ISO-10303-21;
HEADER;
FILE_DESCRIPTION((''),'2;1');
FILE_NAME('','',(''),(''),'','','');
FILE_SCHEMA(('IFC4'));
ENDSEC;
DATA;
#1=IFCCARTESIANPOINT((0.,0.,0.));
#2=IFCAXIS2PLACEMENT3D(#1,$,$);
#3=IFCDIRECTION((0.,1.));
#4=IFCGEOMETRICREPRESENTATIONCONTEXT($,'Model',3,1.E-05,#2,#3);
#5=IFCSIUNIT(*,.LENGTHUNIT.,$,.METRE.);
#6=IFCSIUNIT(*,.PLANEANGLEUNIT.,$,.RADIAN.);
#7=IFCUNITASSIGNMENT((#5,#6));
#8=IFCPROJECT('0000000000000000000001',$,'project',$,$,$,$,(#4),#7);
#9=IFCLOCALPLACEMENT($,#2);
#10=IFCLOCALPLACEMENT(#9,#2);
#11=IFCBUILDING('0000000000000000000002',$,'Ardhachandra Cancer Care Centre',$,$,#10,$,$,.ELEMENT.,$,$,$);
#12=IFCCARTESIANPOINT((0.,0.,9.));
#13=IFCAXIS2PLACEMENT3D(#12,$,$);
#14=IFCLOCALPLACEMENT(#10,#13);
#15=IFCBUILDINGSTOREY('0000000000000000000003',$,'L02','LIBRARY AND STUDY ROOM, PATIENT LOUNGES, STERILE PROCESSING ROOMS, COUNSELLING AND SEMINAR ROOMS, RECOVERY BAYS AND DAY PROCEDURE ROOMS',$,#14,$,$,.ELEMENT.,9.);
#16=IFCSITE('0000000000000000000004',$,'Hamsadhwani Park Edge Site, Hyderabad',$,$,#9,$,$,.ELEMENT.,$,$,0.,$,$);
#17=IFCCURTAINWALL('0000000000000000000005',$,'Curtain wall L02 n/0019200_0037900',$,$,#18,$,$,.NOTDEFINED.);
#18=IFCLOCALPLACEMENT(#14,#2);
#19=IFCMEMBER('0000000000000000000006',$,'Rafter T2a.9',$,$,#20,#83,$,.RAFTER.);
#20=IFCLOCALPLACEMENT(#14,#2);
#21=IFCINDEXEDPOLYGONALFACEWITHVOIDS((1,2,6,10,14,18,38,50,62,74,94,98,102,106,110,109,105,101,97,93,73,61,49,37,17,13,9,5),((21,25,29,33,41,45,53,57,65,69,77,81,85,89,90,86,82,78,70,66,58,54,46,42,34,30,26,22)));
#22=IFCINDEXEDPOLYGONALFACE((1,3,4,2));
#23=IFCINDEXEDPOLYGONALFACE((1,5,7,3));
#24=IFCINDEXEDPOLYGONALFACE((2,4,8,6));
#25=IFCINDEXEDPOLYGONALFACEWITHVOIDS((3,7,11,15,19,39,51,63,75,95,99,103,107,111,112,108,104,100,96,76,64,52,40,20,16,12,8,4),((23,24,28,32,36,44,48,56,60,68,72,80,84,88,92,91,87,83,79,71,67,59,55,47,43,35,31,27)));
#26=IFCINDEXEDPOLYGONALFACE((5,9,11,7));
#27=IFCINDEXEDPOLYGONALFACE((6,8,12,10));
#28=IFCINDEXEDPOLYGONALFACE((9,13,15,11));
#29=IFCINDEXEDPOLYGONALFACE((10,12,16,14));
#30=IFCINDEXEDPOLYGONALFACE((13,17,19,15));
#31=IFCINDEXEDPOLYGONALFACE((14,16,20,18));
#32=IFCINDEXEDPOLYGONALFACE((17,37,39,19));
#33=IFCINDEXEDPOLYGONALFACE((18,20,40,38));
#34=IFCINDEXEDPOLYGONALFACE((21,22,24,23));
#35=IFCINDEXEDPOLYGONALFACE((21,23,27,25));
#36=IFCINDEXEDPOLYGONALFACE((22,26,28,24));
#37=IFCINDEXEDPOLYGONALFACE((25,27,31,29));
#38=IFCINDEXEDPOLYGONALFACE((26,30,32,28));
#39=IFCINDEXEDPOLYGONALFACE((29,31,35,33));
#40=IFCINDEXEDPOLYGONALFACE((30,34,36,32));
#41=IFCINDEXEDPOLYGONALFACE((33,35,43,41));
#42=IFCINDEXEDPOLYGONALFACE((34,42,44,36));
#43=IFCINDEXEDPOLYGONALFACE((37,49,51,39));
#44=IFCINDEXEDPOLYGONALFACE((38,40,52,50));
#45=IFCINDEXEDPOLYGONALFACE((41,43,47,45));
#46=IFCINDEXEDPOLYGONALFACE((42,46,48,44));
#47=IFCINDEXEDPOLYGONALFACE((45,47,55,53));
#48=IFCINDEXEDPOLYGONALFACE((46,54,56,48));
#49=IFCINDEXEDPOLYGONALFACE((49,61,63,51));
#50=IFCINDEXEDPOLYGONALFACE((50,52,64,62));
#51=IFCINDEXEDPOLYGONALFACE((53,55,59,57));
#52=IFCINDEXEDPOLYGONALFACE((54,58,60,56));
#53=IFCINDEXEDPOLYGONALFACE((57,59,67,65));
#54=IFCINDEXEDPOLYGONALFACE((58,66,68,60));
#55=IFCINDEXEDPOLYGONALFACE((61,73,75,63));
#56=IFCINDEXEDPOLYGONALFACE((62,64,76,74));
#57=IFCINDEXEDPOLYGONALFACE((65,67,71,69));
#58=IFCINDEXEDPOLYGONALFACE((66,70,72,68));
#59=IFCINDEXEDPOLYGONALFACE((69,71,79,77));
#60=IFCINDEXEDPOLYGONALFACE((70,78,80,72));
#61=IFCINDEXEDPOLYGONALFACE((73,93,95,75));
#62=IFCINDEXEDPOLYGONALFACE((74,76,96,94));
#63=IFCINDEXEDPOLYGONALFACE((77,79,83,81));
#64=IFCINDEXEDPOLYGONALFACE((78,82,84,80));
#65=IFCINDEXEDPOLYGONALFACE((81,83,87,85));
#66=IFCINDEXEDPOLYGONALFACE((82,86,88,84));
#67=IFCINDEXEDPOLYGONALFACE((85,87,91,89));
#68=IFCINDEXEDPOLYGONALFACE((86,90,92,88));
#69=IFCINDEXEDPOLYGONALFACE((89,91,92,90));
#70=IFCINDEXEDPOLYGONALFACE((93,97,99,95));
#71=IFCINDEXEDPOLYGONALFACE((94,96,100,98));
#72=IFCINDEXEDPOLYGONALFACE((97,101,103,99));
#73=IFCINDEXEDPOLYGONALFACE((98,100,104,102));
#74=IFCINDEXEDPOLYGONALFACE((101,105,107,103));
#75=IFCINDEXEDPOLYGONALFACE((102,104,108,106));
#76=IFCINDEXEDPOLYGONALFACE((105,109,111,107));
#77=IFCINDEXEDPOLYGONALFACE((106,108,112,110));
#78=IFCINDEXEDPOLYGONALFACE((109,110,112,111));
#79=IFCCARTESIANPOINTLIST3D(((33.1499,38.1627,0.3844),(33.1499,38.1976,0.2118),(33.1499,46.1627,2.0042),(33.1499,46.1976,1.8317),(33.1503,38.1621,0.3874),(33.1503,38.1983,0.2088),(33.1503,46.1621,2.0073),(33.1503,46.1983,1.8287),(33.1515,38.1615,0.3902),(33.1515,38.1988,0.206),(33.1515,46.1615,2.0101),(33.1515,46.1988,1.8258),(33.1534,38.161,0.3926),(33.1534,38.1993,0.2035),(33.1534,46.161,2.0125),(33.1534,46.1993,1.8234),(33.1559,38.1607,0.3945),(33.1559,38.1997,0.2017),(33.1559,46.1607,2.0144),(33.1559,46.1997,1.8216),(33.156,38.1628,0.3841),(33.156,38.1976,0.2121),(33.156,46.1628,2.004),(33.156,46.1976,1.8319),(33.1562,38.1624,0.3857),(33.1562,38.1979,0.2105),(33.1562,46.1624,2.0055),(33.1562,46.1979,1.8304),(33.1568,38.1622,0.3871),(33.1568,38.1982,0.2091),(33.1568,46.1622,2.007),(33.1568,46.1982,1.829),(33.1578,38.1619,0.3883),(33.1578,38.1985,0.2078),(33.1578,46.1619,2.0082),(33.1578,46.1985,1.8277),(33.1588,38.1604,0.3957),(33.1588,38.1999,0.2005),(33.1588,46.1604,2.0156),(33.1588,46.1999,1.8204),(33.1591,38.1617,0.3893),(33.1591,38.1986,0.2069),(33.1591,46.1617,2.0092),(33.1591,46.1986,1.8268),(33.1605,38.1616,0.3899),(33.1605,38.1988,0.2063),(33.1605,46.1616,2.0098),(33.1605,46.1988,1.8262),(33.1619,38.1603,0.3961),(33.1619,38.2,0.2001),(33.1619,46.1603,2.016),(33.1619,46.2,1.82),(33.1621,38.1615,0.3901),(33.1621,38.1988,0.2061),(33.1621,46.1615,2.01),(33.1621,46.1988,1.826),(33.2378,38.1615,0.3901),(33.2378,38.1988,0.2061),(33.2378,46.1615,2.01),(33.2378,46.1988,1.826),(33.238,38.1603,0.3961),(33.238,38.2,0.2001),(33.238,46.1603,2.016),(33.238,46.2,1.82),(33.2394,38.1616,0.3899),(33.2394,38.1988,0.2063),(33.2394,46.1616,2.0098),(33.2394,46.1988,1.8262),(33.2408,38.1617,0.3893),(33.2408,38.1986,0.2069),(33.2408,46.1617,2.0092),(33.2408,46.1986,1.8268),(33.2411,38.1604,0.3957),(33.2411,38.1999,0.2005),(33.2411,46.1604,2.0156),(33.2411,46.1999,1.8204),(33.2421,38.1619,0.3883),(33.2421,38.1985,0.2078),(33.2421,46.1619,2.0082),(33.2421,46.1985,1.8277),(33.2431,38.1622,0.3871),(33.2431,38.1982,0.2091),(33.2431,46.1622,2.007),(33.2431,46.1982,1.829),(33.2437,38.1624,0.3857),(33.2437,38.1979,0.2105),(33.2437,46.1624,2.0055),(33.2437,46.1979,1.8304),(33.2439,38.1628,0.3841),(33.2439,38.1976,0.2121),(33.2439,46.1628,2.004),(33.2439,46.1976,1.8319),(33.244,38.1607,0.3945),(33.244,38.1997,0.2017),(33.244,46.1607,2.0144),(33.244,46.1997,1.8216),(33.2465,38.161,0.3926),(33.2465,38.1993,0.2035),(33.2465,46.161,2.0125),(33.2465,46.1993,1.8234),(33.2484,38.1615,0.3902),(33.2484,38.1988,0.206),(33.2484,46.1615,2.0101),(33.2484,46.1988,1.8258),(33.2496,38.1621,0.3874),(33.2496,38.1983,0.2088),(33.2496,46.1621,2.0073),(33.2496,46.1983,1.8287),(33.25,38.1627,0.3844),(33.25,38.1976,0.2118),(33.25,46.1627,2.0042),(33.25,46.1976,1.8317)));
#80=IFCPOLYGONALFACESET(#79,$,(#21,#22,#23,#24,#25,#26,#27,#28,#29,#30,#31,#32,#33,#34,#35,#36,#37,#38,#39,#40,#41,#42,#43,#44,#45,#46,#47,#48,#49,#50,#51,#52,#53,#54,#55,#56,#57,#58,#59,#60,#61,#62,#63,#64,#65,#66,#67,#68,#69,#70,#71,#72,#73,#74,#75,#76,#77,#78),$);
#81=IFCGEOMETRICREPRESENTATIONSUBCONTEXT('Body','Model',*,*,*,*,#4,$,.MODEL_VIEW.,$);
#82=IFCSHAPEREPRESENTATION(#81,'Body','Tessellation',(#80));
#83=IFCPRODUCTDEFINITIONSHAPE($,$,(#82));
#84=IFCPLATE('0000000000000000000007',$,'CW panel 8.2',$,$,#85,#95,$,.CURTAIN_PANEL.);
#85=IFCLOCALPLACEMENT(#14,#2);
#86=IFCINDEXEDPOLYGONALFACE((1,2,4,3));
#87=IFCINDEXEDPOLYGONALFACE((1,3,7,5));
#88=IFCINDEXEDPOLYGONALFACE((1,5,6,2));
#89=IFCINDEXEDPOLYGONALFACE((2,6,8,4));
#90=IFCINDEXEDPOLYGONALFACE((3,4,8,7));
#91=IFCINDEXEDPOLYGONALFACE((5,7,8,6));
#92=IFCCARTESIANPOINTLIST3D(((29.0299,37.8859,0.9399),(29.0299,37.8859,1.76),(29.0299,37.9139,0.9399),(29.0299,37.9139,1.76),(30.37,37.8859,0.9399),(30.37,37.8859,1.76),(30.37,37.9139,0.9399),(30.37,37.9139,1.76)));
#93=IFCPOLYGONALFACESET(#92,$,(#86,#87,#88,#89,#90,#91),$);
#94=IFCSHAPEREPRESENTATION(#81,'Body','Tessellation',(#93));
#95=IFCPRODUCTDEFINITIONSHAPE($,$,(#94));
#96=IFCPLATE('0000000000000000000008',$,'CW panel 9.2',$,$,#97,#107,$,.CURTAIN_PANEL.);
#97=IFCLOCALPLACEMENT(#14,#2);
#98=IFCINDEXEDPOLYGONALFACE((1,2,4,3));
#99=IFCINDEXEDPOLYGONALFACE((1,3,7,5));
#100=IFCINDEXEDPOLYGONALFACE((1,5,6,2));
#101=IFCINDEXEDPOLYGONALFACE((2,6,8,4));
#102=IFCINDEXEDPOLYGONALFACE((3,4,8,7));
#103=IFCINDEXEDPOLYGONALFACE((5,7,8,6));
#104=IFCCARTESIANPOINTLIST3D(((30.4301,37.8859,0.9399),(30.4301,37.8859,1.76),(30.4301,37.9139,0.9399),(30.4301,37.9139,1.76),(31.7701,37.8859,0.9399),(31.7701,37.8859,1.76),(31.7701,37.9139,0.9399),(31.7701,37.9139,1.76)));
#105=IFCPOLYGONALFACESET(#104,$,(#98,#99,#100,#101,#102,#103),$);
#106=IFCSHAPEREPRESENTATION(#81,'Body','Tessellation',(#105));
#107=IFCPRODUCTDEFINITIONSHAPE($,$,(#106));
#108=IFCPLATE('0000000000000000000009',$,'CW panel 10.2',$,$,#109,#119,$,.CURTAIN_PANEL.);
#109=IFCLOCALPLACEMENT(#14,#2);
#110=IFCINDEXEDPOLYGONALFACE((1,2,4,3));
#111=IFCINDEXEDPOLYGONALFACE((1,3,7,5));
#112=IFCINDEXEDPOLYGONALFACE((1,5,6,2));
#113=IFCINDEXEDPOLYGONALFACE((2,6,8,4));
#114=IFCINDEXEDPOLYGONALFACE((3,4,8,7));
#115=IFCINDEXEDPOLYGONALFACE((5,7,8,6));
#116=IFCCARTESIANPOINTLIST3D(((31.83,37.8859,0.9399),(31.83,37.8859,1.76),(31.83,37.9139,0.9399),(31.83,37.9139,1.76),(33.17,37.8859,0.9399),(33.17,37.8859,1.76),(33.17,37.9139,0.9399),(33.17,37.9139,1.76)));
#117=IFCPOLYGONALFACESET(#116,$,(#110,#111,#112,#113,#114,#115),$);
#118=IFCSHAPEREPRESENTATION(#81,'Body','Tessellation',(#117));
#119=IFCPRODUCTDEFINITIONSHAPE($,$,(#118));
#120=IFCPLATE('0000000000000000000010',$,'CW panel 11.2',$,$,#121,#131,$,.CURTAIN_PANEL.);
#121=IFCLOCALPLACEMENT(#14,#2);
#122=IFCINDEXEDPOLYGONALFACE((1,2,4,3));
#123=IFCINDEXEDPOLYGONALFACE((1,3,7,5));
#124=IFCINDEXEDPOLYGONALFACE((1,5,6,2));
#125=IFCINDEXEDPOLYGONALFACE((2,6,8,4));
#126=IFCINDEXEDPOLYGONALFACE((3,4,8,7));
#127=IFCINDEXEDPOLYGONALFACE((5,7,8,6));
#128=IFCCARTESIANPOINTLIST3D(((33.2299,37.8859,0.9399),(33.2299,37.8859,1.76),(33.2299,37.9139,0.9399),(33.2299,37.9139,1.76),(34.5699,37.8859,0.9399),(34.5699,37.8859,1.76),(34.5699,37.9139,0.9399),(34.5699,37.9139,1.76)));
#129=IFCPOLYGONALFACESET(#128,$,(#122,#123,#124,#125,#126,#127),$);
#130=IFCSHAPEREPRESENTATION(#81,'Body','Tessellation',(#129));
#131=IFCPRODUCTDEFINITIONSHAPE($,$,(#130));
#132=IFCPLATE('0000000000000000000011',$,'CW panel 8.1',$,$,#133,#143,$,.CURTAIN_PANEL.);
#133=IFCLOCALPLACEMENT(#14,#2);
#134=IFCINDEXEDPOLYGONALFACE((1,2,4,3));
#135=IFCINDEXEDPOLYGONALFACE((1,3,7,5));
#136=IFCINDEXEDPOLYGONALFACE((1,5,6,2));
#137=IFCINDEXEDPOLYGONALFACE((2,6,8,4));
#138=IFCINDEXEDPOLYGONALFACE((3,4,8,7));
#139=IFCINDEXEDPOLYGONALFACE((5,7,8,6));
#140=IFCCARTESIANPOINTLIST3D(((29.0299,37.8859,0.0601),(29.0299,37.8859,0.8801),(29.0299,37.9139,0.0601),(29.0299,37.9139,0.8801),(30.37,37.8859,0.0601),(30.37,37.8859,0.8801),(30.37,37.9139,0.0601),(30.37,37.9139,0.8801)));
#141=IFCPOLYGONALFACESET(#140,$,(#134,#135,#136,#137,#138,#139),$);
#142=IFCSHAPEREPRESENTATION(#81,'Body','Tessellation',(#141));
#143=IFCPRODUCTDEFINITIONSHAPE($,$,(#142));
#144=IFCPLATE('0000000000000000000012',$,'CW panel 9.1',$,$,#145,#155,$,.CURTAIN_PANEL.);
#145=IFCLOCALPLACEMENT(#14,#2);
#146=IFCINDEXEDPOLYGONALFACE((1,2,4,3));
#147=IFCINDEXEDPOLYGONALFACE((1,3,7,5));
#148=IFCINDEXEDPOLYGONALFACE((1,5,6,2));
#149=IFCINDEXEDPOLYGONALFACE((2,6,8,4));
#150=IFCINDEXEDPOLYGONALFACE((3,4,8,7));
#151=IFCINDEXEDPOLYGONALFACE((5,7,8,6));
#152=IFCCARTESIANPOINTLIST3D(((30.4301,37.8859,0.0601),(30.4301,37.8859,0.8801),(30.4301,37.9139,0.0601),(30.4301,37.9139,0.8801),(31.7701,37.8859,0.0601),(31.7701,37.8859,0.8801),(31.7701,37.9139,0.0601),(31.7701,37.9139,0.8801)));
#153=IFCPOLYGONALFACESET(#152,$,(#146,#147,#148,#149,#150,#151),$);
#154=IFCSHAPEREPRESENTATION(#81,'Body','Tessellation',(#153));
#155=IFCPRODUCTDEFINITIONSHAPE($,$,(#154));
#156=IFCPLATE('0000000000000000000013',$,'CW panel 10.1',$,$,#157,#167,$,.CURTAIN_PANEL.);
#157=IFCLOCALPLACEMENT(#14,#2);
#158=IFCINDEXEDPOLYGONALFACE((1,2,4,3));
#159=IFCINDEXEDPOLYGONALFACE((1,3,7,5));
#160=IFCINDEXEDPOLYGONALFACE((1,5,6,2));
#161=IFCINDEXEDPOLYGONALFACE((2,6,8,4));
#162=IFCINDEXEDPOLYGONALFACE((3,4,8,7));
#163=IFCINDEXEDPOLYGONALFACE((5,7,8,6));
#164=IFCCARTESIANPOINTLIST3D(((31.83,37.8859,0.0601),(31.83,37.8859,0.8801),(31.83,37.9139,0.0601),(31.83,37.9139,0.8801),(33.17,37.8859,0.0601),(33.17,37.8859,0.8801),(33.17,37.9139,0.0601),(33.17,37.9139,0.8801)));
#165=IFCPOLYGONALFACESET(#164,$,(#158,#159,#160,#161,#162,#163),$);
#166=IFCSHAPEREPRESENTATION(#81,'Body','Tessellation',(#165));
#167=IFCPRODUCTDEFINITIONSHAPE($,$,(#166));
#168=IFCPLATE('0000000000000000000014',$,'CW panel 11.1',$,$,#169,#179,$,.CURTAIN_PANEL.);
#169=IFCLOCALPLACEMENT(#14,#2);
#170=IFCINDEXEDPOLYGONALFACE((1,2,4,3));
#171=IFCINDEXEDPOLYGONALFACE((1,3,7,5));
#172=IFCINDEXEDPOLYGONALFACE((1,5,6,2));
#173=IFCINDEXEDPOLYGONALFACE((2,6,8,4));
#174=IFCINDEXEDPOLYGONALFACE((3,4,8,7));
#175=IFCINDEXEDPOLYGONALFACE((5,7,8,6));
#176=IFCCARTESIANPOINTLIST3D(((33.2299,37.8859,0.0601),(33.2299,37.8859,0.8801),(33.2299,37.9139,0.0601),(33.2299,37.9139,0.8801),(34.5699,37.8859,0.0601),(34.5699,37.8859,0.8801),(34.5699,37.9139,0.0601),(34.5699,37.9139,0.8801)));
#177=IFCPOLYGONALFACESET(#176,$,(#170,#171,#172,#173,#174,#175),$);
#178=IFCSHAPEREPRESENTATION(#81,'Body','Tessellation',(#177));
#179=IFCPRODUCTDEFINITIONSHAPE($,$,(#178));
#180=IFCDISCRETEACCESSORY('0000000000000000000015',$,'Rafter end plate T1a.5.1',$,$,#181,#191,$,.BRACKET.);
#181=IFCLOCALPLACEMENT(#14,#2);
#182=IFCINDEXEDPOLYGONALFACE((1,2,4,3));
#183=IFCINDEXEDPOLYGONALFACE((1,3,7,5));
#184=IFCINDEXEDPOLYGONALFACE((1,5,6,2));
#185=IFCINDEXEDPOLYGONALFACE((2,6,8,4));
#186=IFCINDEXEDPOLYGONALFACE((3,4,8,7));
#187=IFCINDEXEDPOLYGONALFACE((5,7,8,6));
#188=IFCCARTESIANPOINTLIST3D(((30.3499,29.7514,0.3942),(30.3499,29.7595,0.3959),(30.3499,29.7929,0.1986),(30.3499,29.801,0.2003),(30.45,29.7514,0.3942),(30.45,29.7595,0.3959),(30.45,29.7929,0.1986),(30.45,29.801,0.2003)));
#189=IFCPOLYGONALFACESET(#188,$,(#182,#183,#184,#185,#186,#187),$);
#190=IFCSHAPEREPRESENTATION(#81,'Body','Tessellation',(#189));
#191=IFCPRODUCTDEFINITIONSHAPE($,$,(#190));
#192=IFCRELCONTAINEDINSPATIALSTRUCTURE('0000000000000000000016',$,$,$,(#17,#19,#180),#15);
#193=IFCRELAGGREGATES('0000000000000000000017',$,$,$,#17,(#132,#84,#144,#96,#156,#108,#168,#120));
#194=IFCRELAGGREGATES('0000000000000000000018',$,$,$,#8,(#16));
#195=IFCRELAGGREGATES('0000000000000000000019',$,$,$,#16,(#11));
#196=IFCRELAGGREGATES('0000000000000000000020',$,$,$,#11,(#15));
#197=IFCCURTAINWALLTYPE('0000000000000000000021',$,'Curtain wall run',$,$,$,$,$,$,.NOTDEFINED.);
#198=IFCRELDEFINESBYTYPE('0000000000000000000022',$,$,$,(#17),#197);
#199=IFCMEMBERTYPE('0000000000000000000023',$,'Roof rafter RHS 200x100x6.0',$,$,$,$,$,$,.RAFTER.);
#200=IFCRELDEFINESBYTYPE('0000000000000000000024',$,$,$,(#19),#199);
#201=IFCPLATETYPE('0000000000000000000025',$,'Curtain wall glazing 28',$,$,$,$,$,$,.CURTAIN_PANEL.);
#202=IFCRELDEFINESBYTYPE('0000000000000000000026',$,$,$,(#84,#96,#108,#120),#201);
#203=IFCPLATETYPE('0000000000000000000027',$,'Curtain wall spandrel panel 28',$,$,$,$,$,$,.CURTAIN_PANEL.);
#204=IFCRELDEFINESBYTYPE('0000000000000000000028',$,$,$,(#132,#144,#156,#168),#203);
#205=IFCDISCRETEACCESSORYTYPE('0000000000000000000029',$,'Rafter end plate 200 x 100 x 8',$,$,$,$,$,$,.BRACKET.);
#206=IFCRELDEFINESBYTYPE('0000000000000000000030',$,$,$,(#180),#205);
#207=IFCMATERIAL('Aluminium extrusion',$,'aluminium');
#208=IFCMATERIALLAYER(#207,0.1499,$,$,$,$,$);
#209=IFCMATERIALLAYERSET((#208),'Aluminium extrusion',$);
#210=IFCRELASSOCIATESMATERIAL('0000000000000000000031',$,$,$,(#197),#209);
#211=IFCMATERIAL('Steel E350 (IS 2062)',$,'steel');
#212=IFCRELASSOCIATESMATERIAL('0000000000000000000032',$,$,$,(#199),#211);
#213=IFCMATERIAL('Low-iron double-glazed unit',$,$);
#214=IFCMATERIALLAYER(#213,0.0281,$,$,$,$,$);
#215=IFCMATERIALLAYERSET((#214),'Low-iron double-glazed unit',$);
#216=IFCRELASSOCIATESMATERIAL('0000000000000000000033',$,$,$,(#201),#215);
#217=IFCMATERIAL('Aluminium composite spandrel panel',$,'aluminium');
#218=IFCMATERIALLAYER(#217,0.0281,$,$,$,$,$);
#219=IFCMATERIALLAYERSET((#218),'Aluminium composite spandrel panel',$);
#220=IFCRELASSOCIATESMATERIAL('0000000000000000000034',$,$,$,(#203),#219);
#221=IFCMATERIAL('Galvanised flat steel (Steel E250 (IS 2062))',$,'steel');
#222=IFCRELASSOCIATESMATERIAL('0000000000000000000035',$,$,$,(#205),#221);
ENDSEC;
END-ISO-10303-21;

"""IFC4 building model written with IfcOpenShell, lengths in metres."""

from ifc_helpers import new_model, si_unit, direction, frame, origin, origin_2d, place, context, subcontext, project, spatial, rectangle, hollow_rectangle, extrude, material, layer, layer_set, material_profile, profile_set, type_object, element, aggregate, save


model = new_model("IFC4")

# Units and contexts
model_context = context("Model", 3, precision=1e-05, world=origin(), true_north=direction((0.0, 1.0)))
body_context = subcontext(model_context, "Body", "Model", "MODEL_VIEW")
ifc_project = project(units=[si_unit("LENGTHUNIT", "METRE"), si_unit("PLANEANGLEUNIT", "RADIAN")], contexts=[model_context])

# Site, building, storey
site_placement = place(None, origin())
site = spatial("IfcSite", under=ifc_project, at=site_placement, Name="Hamsadhwani Park Edge Site, Hyderabad", CompositionType="ELEMENT", RefElevation=0.0)
building_placement = place(site_placement, origin())
building = spatial("IfcBuilding", under=site, at=building_placement, Name="Ardhachandra Cancer Care Centre", CompositionType="ELEMENT")
storey_placement = place(building_placement, frame((0.0, 0.0, 9.0)))
storey = spatial("IfcBuildingStorey", under=building, at=storey_placement, Name="L02", Description="LIBRARY AND STUDY ROOM, PATIENT LOUNGES, STERILE PROCESSING ROOMS, COUNSELLING AND SEMINAR ROOMS, RECOVERY BAYS AND DAY PROCEDURE ROOMS", CompositionType="ELEMENT", Elevation=9.0)

# Curtain wall
ifc_material_1 = material(Name="Aluminium extrusion", Category="aluminium")
ifc_layer_1 = layer(ifc_material_1, 0.1499)
ifc_layer_set_1 = layer_set([ifc_layer_1], Name="Aluminium extrusion")
curtain_wall_type = type_object("IfcCurtainWallType", Name="Curtain wall run", PredefinedType="NOTDEFINED", material=ifc_layer_set_1)
curtain_wall_placement = place(storey_placement, origin())
curtain_wall = element("IfcCurtainWall", 1, at=curtain_wall_placement, inside=storey, type_object=curtain_wall_type, Name="Curtain wall L02 n/0019200_0037900", PredefinedType="NOTDEFINED")

# Member
ifc_material_2 = material(Name="Steel E350 (IS 2062)", Category="steel")
ifc_material_profile_1 = material_profile(ifc_material_2, hollow_rectangle(XDim=0.1001, YDim=0.2, WallThickness=0.0061, InnerFilletRadius=0.0061, OuterFilletRadius=0.012, at=origin_2d()), Name="RHS 200x100x6.0")
ifc_profile_set_1 = profile_set([ifc_material_profile_1], Name="Steel E350 (IS 2062)")
member_type_1 = type_object("IfcMemberType", Name="Roof rafter RHS 200x100x6.0", PredefinedType="RAFTER", material=ifc_profile_set_1)
for number, where, z_axis, x_axis, name in (
    (2, (33.2, 38.1802, 0.2981), (0.0, 0.98011, 0.198457), (-1.0, 0.0, 0.0), "Rafter T2a.9"),
):
    element("IfcMember", number, at=place(storey_placement, frame(where, z_axis=z_axis, x_axis=x_axis)), inside=storey, type_object=member_type_1, Name=name, PredefinedType="RAFTER", context=body_context, shape_type="SweptSolid", body=[
        extrude(hollow_rectangle(XDim=0.1001, YDim=0.2, WallThickness=0.0061, InnerFilletRadius=0.0061, OuterFilletRadius=0.012, at=origin_2d()), origin(), (0.0, 0.0, 1.0), 8.1624),
    ])

# Plates
ifc_material_3 = material(Name="Low-iron double-glazed unit")
ifc_layer_2 = layer(ifc_material_3, 0.0281)
ifc_layer_set_2 = layer_set([ifc_layer_2], Name="Low-iron double-glazed unit")
plate_type_1 = type_object("IfcPlateType", Name="Curtain wall glazing 28", PredefinedType="CURTAIN_PANEL", material=ifc_layer_set_2)
plate_1_placement = place(storey_placement, frame((29.7, 37.8999, 0.9399), z_axis=(0.0, 0.0, 1.0), x_axis=(1.0, 0.0, 0.0)))
plate_1 = element("IfcPlate", 3, at=plate_1_placement, type_object=plate_type_1, Name="CW panel 8.2", PredefinedType="CURTAIN_PANEL", context=body_context, shape_type="SweptSolid", body=[
    extrude(rectangle(XDim=1.3401, YDim=0.0281, at=origin_2d()), origin(), (0.0, 0.0, 1.0), 0.8201),
])
plate_2_placement = place(storey_placement, frame((31.1001, 37.8999, 0.9399), z_axis=(0.0, 0.0, 1.0), x_axis=(1.0, 0.0, 0.0)))
plate_2 = element("IfcPlate", 4, at=plate_2_placement, type_object=plate_type_1, Name="CW panel 9.2", PredefinedType="CURTAIN_PANEL", context=body_context, shape_type="SweptSolid", body=[
    extrude(rectangle(XDim=1.3401, YDim=0.0281, at=origin_2d()), origin(), (0.0, 0.0, 1.0), 0.8201),
])
plate_3_placement = place(storey_placement, frame((32.5, 37.8999, 0.9399), z_axis=(0.0, 0.0, 1.0), x_axis=(1.0, 0.0, 0.0)))
plate_3 = element("IfcPlate", 5, at=plate_3_placement, type_object=plate_type_1, Name="CW panel 10.2", PredefinedType="CURTAIN_PANEL", context=body_context, shape_type="SweptSolid", body=[
    extrude(rectangle(XDim=1.3401, YDim=0.0281, at=origin_2d()), origin(), (0.0, 0.0, 1.0), 0.8201),
])
plate_4_placement = place(storey_placement, frame((33.8999, 37.8999, 0.9399), z_axis=(0.0, 0.0, 1.0), x_axis=(1.0, 0.0, 0.0)))
plate_4 = element("IfcPlate", 6, at=plate_4_placement, type_object=plate_type_1, Name="CW panel 11.2", PredefinedType="CURTAIN_PANEL", context=body_context, shape_type="SweptSolid", body=[
    extrude(rectangle(XDim=1.3401, YDim=0.0281, at=origin_2d()), origin(), (0.0, 0.0, 1.0), 0.8201),
])
ifc_material_4 = material(Name="Aluminium composite spandrel panel", Category="aluminium")
ifc_layer_3 = layer(ifc_material_4, 0.0281)
ifc_layer_set_3 = layer_set([ifc_layer_3], Name="Aluminium composite spandrel panel")
plate_type_2 = type_object("IfcPlateType", Name="Curtain wall spandrel panel 28", PredefinedType="CURTAIN_PANEL", material=ifc_layer_set_3)
plate_5_placement = place(storey_placement, frame((29.7, 37.8999, 0.0601), z_axis=(0.0, 0.0, 1.0), x_axis=(1.0, 0.0, 0.0)))
plate_5 = element("IfcPlate", 7, at=plate_5_placement, type_object=plate_type_2, Name="CW panel 8.1", PredefinedType="CURTAIN_PANEL", context=body_context, shape_type="SweptSolid", body=[
    extrude(rectangle(XDim=1.3401, YDim=0.0281, at=origin_2d()), origin(), (0.0, 0.0, 1.0), 0.8201),
])
plate_6_placement = place(storey_placement, frame((31.1001, 37.8999, 0.0601), z_axis=(0.0, 0.0, 1.0), x_axis=(1.0, 0.0, 0.0)))
plate_6 = element("IfcPlate", 8, at=plate_6_placement, type_object=plate_type_2, Name="CW panel 9.1", PredefinedType="CURTAIN_PANEL", context=body_context, shape_type="SweptSolid", body=[
    extrude(rectangle(XDim=1.3401, YDim=0.0281, at=origin_2d()), origin(), (0.0, 0.0, 1.0), 0.8201),
])
plate_7_placement = place(storey_placement, frame((32.5, 37.8999, 0.0601), z_axis=(0.0, 0.0, 1.0), x_axis=(1.0, 0.0, 0.0)))
plate_7 = element("IfcPlate", 9, at=plate_7_placement, type_object=plate_type_2, Name="CW panel 10.1", PredefinedType="CURTAIN_PANEL", context=body_context, shape_type="SweptSolid", body=[
    extrude(rectangle(XDim=1.3401, YDim=0.0281, at=origin_2d()), origin(), (0.0, 0.0, 1.0), 0.8201),
])
plate_8_placement = place(storey_placement, frame((33.8999, 37.8999, 0.0601), z_axis=(0.0, 0.0, 1.0), x_axis=(1.0, 0.0, 0.0)))
plate_8 = element("IfcPlate", 10, at=plate_8_placement, type_object=plate_type_2, Name="CW panel 11.1", PredefinedType="CURTAIN_PANEL", context=body_context, shape_type="SweptSolid", body=[
    extrude(rectangle(XDim=1.3401, YDim=0.0281, at=origin_2d()), origin(), (0.0, 0.0, 1.0), 0.8201),
])
aggregate(curtain_wall, [plate_5, plate_1, plate_6, plate_2, plate_7, plate_3, plate_8, plate_4])

# Discrete accessory
ifc_material_5 = material(Name="Galvanised flat steel (Steel E250 (IS 2062))", Category="steel")
ifc_material_profile_2 = material_profile(ifc_material_5, rectangle(XDim=0.1001, YDim=0.2, at=origin_2d()), Name="Rafter end plate 200 x 100 x 8")
ifc_profile_set_2 = profile_set([ifc_material_profile_2], Name="Galvanised flat steel (Steel E250 (IS 2062))")
discrete_accessory_type = type_object("IfcDiscreteAccessoryType", Name="Rafter end plate 200 x 100 x 8", PredefinedType="BRACKET", material=ifc_profile_set_2)
discrete_accessory_1_placement = place(storey_placement, frame((30.3999, 29.7803, 0.2981), z_axis=(0.0, -0.978234, -0.207504), x_axis=(1.0, 0.0, 0.0)))
element("IfcDiscreteAccessory", 11, at=discrete_accessory_1_placement, inside=storey, type_object=discrete_accessory_type, Name="Rafter end plate T1a.5.1", PredefinedType="BRACKET", context=body_context, shape_type="SweptSolid", body=[
    extrude(rectangle(XDim=0.1001, YDim=0.2, at=origin_2d()), origin(), (0.0, 0.0, 1.0), 0.0083),
])

save(model, "model.ifc")
